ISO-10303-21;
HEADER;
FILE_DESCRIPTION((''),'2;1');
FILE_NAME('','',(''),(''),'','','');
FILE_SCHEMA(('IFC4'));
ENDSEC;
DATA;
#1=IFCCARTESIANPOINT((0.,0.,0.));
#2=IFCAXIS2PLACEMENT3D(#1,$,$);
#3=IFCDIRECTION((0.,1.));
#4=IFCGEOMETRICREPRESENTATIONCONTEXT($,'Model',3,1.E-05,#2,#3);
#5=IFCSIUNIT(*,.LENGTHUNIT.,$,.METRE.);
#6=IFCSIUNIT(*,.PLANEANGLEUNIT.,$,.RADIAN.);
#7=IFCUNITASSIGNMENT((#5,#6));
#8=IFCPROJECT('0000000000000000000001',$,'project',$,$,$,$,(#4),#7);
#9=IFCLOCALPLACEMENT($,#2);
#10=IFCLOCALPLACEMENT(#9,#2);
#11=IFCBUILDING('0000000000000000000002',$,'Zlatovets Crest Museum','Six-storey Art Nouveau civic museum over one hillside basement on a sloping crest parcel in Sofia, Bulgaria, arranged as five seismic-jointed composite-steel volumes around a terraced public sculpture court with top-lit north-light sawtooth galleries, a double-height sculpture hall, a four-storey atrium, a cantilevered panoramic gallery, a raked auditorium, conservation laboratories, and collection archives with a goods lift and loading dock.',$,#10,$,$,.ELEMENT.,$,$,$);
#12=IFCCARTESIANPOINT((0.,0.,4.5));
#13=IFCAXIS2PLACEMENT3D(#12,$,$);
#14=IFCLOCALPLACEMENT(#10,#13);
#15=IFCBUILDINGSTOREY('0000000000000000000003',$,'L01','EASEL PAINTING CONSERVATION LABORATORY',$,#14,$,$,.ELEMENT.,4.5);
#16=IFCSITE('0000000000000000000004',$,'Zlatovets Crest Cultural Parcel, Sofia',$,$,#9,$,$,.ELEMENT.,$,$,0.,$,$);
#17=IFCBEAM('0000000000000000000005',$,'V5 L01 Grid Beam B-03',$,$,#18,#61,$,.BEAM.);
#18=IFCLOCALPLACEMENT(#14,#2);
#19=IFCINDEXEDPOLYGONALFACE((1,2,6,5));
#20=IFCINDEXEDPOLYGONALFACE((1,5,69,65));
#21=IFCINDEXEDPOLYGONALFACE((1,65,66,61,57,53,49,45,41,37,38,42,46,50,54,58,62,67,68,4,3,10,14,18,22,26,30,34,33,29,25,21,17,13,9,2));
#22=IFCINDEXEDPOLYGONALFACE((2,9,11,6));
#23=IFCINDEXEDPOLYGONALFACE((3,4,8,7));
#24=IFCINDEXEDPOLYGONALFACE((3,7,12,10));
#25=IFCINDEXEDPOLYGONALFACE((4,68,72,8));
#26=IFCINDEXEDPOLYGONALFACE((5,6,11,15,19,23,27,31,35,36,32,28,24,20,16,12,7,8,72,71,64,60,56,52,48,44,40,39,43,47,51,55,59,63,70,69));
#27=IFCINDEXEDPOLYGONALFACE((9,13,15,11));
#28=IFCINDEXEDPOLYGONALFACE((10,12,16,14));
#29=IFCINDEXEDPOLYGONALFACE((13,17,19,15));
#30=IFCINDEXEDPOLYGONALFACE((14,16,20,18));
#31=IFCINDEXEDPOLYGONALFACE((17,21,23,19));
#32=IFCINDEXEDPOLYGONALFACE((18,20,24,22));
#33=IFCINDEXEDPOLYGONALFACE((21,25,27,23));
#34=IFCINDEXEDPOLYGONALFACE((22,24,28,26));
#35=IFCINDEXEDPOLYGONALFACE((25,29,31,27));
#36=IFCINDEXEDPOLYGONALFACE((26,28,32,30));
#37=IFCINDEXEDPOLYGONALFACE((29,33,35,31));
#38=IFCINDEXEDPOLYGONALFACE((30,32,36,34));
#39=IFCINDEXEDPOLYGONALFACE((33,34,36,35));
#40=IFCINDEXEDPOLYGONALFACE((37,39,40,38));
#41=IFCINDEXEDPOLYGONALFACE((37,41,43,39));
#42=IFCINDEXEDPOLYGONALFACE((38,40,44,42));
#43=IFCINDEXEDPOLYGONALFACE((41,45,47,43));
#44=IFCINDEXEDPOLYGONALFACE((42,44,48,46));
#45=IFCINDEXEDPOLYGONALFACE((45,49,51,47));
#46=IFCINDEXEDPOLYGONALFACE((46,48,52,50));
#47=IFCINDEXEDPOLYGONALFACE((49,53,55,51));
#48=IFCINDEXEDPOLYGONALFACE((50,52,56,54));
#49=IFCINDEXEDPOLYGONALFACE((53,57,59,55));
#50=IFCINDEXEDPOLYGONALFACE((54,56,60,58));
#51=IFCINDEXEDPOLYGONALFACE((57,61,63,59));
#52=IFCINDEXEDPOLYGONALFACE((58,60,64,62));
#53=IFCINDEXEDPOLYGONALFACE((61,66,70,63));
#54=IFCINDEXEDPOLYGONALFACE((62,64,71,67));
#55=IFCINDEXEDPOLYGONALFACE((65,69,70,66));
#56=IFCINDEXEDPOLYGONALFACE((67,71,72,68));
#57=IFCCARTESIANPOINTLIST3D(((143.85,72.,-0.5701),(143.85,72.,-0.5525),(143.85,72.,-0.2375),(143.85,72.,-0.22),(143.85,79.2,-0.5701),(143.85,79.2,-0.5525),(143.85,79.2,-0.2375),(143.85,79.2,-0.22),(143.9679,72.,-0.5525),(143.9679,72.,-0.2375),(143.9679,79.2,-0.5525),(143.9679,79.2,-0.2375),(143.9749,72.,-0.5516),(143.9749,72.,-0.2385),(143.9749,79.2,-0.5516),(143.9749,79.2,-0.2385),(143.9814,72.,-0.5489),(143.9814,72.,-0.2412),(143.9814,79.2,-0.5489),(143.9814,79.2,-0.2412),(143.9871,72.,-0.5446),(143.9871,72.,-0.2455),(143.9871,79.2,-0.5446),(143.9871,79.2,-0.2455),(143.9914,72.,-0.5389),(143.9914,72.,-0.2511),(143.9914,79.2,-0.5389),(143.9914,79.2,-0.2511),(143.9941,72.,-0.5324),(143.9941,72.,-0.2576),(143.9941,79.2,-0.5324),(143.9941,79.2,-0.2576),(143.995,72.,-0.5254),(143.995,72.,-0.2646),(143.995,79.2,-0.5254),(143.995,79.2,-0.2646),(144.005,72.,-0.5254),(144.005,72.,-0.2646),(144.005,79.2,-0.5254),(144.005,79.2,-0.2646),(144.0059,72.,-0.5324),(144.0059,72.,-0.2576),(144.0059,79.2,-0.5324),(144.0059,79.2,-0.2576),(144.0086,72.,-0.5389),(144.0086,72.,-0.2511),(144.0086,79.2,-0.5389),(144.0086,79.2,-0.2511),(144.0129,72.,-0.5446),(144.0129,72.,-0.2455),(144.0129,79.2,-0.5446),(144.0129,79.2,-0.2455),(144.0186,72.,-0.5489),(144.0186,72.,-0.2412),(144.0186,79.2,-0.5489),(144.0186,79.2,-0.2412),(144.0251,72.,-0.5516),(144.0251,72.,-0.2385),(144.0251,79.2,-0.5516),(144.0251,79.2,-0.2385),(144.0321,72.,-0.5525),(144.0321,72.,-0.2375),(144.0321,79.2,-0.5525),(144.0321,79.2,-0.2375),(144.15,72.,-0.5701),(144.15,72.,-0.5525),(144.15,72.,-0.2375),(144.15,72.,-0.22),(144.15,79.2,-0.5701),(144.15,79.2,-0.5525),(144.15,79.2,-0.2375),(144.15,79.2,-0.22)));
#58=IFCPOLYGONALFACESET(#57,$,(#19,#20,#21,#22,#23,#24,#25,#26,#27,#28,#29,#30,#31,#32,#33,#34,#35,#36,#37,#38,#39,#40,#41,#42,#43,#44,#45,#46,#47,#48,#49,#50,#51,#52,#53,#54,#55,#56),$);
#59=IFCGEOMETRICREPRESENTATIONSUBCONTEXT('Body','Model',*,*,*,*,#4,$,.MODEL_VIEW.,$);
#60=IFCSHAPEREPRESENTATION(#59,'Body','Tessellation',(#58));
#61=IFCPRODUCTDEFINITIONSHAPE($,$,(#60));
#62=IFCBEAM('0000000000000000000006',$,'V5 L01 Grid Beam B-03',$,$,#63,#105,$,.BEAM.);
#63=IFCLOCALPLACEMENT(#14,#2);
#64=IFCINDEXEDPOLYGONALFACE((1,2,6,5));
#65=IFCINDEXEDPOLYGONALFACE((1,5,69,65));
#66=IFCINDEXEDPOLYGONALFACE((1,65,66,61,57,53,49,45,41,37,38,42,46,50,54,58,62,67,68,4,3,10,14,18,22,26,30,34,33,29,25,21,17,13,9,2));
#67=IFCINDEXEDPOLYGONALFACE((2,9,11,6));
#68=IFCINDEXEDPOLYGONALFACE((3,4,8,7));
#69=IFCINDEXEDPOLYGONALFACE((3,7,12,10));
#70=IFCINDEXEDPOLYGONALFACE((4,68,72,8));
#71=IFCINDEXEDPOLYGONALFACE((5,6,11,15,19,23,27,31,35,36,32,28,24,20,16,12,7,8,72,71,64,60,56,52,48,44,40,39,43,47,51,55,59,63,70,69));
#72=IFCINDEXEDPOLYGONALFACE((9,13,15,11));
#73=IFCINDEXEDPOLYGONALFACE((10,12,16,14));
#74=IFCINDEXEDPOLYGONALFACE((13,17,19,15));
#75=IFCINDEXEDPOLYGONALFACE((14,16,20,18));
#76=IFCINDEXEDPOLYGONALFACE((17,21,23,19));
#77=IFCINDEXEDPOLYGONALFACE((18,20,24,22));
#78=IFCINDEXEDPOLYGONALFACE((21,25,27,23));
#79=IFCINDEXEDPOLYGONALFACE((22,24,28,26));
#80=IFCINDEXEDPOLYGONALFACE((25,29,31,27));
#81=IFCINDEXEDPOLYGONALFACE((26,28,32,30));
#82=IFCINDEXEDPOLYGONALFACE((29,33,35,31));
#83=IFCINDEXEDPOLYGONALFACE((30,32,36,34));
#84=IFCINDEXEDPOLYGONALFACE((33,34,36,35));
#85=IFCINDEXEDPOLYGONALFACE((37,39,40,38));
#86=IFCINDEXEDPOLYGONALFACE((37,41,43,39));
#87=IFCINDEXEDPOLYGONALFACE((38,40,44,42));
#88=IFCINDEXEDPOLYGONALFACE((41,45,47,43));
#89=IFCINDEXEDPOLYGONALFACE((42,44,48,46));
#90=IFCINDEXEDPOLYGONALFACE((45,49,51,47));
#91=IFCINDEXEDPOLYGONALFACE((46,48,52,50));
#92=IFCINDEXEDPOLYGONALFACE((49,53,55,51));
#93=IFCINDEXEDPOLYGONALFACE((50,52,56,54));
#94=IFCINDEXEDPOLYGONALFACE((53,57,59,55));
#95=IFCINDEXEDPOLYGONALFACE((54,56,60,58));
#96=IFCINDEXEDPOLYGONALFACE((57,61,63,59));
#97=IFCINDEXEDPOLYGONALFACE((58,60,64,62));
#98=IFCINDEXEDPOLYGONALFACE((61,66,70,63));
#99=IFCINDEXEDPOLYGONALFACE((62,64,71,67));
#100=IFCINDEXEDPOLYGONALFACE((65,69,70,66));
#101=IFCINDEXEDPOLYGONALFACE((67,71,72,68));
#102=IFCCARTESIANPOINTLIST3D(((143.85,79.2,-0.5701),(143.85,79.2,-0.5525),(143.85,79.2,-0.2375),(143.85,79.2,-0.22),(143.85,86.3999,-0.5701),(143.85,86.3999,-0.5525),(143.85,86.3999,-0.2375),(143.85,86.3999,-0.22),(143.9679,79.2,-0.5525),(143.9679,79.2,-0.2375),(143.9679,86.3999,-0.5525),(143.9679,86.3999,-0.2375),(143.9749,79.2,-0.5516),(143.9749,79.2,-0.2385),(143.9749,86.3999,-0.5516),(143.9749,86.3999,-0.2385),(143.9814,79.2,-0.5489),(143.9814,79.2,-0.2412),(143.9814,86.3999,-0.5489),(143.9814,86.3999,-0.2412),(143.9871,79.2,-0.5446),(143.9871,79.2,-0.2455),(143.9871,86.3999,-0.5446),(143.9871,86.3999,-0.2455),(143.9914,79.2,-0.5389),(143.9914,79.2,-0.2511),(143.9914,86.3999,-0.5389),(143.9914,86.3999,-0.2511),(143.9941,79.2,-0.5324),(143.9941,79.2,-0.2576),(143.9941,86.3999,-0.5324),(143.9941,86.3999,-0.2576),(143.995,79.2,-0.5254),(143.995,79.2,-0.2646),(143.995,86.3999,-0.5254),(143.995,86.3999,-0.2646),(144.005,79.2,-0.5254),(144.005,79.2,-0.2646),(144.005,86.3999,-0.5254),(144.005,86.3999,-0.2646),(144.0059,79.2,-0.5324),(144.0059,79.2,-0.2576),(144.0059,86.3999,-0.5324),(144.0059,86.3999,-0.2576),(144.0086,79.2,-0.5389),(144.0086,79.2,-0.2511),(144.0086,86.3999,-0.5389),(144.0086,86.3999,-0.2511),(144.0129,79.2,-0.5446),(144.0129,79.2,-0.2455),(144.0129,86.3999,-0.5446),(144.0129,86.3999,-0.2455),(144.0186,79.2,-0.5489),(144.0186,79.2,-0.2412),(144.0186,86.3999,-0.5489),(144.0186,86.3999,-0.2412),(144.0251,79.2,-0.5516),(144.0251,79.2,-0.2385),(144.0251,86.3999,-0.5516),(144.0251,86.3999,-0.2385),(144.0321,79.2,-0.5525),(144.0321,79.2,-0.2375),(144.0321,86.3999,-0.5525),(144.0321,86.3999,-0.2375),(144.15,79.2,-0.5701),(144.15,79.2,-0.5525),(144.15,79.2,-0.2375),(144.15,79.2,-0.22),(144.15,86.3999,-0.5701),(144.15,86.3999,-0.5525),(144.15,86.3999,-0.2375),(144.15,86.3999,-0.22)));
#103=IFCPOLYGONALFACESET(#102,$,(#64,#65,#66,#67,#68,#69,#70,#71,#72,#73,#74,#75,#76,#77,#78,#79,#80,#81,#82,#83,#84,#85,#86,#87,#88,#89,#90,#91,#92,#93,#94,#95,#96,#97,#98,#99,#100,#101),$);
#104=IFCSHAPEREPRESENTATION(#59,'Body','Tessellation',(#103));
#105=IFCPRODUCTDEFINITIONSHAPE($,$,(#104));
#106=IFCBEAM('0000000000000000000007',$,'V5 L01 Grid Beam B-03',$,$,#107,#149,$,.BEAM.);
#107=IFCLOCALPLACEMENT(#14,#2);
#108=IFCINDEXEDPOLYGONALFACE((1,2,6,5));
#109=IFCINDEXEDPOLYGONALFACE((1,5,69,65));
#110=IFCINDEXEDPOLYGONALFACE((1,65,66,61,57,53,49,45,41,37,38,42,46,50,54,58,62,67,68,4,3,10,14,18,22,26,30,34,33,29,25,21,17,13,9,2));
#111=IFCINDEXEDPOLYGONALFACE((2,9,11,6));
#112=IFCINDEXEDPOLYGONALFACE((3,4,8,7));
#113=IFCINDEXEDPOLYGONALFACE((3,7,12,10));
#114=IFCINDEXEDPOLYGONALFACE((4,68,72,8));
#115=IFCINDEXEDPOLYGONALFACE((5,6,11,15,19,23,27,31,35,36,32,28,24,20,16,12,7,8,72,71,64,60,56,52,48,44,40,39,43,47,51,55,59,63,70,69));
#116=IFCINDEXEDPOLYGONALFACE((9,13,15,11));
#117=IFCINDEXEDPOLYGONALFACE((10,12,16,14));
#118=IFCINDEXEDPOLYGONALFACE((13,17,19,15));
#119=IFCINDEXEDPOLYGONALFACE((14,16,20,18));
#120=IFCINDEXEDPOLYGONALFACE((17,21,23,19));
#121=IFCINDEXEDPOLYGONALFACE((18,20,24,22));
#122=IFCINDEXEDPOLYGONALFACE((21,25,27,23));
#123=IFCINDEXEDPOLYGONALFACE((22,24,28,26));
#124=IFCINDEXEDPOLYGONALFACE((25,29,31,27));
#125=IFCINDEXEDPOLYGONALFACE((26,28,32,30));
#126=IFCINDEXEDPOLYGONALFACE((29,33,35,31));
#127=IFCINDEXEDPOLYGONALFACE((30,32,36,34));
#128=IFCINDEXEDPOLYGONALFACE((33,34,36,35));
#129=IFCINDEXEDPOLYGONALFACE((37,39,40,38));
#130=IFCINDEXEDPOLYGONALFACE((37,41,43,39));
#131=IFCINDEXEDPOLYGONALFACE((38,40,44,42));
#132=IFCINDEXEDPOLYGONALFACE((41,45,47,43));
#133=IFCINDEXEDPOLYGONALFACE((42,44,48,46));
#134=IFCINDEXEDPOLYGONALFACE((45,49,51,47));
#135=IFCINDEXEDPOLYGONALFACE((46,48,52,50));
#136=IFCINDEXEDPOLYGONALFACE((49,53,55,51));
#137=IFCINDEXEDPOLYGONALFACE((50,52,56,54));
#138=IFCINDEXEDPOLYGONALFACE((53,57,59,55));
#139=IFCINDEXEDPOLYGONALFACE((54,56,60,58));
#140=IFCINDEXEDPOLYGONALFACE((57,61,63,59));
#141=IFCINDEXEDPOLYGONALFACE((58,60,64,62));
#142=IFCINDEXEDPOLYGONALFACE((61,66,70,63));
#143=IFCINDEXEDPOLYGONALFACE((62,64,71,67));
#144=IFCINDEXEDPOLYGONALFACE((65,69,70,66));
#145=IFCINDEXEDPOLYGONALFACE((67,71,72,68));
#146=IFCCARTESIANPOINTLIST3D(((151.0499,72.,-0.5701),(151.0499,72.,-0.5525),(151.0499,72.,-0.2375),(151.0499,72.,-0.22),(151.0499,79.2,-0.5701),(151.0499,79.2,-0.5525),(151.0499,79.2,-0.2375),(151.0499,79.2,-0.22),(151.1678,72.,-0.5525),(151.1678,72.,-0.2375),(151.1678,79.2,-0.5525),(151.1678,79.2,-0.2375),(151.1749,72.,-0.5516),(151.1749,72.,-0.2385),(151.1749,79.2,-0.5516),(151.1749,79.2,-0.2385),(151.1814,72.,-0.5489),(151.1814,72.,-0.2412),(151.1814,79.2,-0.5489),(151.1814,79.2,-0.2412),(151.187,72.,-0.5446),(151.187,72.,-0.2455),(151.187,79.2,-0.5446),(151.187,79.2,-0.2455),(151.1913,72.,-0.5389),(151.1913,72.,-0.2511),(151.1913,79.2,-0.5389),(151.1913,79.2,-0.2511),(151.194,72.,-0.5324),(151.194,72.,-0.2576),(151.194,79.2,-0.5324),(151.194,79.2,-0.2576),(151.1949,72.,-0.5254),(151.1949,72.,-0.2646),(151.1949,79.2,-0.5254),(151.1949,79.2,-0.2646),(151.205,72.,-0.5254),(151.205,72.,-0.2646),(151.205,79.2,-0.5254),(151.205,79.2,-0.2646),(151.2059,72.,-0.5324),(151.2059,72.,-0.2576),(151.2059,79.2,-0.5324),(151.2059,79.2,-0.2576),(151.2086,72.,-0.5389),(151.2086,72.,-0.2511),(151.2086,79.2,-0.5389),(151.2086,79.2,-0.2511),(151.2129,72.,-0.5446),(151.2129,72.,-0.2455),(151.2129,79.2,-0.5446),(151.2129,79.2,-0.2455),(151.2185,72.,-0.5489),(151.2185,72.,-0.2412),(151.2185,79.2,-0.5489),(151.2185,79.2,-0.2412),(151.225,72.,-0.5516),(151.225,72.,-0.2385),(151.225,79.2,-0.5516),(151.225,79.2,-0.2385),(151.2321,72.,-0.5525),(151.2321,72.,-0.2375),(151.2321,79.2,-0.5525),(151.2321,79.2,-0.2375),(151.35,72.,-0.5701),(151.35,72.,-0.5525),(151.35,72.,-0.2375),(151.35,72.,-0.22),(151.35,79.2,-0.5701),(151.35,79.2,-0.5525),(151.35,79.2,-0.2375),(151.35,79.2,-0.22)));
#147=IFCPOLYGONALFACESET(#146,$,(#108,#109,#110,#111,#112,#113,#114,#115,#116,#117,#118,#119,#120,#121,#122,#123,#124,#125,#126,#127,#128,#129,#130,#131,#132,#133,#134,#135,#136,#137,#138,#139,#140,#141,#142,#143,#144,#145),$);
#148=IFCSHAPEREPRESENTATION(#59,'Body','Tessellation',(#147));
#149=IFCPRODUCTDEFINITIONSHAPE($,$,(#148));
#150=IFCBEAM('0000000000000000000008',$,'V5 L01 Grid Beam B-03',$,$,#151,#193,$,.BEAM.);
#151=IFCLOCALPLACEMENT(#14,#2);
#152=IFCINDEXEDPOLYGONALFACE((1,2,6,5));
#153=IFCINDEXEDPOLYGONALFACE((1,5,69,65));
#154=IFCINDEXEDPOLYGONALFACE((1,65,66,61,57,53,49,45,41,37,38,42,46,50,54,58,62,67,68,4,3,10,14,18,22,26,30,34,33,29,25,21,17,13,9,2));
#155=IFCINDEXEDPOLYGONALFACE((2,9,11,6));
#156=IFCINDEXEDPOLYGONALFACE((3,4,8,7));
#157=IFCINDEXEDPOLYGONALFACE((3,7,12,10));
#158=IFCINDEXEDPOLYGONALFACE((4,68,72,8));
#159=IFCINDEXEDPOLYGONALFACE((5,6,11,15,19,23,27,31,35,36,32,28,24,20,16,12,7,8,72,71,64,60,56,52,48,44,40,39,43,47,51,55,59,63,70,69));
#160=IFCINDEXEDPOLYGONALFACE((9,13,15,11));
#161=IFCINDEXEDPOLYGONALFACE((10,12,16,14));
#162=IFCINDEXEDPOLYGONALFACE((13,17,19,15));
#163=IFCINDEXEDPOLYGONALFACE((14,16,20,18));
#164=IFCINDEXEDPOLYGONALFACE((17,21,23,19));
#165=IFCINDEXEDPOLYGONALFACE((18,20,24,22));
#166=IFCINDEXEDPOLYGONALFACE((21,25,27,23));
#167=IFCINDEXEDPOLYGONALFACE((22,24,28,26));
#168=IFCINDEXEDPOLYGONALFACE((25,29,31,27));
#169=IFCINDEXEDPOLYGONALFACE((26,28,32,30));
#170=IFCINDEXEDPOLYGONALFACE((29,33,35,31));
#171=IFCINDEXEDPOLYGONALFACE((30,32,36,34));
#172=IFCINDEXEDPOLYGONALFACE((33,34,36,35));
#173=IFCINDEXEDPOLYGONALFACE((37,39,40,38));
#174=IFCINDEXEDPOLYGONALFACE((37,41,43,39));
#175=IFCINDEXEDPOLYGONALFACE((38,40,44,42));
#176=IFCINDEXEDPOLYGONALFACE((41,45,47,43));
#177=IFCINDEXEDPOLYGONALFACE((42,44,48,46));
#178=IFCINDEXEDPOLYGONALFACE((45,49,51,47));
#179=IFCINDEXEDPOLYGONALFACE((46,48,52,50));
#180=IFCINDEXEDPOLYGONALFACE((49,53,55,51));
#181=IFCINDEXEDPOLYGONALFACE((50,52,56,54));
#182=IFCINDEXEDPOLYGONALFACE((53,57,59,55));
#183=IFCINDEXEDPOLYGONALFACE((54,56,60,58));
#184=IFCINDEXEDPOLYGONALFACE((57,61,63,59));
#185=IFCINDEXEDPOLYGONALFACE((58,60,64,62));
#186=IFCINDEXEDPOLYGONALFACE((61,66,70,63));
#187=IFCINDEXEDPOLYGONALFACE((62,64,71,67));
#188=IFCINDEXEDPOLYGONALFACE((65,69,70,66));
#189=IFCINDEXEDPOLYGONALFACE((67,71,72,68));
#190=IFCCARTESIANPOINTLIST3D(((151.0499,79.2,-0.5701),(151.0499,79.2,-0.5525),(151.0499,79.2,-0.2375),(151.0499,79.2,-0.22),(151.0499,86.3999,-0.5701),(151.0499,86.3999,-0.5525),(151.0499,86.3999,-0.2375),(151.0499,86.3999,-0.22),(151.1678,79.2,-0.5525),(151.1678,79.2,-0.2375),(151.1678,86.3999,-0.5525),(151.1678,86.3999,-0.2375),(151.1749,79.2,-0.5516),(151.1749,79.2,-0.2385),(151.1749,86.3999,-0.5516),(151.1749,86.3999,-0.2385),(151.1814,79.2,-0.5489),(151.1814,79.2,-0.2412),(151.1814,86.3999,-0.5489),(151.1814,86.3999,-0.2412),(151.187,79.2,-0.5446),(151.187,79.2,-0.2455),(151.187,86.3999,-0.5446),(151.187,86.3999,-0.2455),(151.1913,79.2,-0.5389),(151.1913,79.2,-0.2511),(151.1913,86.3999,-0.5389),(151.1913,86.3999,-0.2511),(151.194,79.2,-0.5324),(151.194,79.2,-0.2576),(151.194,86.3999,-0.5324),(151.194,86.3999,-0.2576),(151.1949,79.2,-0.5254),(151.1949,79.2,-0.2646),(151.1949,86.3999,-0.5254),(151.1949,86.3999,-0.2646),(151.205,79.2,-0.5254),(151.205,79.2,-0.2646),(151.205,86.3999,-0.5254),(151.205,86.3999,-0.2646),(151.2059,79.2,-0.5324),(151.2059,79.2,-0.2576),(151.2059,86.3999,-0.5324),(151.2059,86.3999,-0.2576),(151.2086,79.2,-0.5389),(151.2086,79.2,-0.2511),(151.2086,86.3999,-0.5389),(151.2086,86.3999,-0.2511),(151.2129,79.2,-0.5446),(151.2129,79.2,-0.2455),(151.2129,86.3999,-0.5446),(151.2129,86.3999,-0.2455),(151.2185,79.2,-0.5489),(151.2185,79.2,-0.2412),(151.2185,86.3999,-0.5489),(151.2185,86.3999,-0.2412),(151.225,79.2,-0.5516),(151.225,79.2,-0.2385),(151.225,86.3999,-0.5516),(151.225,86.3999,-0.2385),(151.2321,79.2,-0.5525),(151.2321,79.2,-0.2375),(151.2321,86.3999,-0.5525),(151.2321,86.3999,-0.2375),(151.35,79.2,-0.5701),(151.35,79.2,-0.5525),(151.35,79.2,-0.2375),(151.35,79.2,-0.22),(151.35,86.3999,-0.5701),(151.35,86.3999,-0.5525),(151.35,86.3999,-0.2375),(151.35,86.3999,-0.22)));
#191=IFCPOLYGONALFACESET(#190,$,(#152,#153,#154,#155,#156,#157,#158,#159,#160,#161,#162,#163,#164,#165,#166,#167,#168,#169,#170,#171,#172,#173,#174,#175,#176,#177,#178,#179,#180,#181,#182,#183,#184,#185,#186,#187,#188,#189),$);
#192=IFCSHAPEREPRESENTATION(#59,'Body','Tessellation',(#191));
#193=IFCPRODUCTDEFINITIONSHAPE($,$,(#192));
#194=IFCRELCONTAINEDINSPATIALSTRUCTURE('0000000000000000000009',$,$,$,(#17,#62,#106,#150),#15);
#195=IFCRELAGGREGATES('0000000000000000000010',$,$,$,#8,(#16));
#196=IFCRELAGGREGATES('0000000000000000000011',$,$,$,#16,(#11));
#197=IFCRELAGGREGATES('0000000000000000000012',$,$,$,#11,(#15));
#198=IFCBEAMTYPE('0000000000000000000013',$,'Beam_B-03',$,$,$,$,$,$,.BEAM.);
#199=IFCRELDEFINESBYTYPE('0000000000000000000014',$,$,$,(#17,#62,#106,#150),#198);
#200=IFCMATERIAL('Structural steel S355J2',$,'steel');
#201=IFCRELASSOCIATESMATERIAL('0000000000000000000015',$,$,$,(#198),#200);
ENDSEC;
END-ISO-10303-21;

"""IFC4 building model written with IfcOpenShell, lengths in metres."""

from ifc_helpers import new_model, si_unit, direction, frame, origin, origin_2d, place, context, subcontext, project, spatial, i_section, extrude, material, material_profile, profile_set, type_object, element, save


model = new_model("IFC4")

# Units and contexts
model_context = context("Model", 3, precision=1e-05, world=origin(), true_north=direction((0.0, 1.0)))
body_context = subcontext(model_context, "Body", "Model", "MODEL_VIEW")
ifc_project = project(units=[si_unit("LENGTHUNIT", "METRE"), si_unit("PLANEANGLEUNIT", "RADIAN")], contexts=[model_context])

# Site, building, storey
site_placement = place(None, origin())
site = spatial("IfcSite", under=ifc_project, at=site_placement, Name="Zlatovets Crest Cultural Parcel, Sofia", CompositionType="ELEMENT", RefElevation=0.0)
building_placement = place(site_placement, origin())
building = spatial("IfcBuilding", under=site, at=building_placement, Name="Zlatovets Crest Museum", Description="Six-storey Art Nouveau civic museum over one hillside basement on a sloping crest parcel in Sofia, Bulgaria, arranged as five seismic-jointed composite-steel volumes around a terraced public sculpture court with top-lit north-light sawtooth galleries, a double-height sculpture hall, a four-storey atrium, a cantilevered panoramic gallery, a raked auditorium, conservation laboratories, and collection archives with a goods lift and loading dock.", CompositionType="ELEMENT")
storey_placement = place(building_placement, frame((0.0, 0.0, 4.5)))
storey = spatial("IfcBuildingStorey", under=building, at=storey_placement, Name="L01", Description="EASEL PAINTING CONSERVATION LABORATORY", CompositionType="ELEMENT", Elevation=4.5)

# Shared definitions
ifc_material_1 = material(Name="Structural steel S355J2", Category="steel")

# Beams
ifc_material_profile_1 = material_profile(ifc_material_1, i_section(OverallWidth=0.3, OverallDepth=0.3501, WebThickness=0.01, FlangeThickness=0.0176, FilletRadius=0.0271, at=origin_2d()), Name="HEA 360")
ifc_profile_set_1 = profile_set([ifc_material_profile_1], Name="Structural steel S355J2")
beam_type_1 = type_object("IfcBeamType", Name="Beam_B-03", PredefinedType="BEAM", material=ifc_profile_set_1)
for number, where, z_axis, x_axis, name in (
    (1, (144.0, 72.0, -0.395), (0.0, 1.0, 0.0), (-1.0, 0.0, 0.0), "V5 L01 Grid Beam B-03"),
    (2, (144.0, 79.2, -0.395), (0.0, 1.0, 0.0), (-1.0, 0.0, 0.0), "V5 L01 Grid Beam B-03"),
    (3, (151.2, 72.0, -0.395), (0.0, 1.0, 0.0), (-1.0, 0.0, 0.0), "V5 L01 Grid Beam B-03"),
    (4, (151.2, 79.2, -0.395), (0.0, 1.0, 0.0), (-1.0, 0.0, 0.0), "V5 L01 Grid Beam B-03"),
):
    element("IfcBeam", number, at=place(storey_placement, frame(where, z_axis=z_axis, x_axis=x_axis)), inside=storey, type_object=beam_type_1, Name=name, PredefinedType="BEAM", context=body_context, shape_type="SweptSolid", body=[
        extrude(i_section(OverallWidth=0.3, OverallDepth=0.3501, WebThickness=0.01, FlangeThickness=0.0176, FilletRadius=0.0271, at=origin_2d()), origin(), (0.0, 0.0, 1.0), 7.2),
    ])

save(model, "model.ifc")
